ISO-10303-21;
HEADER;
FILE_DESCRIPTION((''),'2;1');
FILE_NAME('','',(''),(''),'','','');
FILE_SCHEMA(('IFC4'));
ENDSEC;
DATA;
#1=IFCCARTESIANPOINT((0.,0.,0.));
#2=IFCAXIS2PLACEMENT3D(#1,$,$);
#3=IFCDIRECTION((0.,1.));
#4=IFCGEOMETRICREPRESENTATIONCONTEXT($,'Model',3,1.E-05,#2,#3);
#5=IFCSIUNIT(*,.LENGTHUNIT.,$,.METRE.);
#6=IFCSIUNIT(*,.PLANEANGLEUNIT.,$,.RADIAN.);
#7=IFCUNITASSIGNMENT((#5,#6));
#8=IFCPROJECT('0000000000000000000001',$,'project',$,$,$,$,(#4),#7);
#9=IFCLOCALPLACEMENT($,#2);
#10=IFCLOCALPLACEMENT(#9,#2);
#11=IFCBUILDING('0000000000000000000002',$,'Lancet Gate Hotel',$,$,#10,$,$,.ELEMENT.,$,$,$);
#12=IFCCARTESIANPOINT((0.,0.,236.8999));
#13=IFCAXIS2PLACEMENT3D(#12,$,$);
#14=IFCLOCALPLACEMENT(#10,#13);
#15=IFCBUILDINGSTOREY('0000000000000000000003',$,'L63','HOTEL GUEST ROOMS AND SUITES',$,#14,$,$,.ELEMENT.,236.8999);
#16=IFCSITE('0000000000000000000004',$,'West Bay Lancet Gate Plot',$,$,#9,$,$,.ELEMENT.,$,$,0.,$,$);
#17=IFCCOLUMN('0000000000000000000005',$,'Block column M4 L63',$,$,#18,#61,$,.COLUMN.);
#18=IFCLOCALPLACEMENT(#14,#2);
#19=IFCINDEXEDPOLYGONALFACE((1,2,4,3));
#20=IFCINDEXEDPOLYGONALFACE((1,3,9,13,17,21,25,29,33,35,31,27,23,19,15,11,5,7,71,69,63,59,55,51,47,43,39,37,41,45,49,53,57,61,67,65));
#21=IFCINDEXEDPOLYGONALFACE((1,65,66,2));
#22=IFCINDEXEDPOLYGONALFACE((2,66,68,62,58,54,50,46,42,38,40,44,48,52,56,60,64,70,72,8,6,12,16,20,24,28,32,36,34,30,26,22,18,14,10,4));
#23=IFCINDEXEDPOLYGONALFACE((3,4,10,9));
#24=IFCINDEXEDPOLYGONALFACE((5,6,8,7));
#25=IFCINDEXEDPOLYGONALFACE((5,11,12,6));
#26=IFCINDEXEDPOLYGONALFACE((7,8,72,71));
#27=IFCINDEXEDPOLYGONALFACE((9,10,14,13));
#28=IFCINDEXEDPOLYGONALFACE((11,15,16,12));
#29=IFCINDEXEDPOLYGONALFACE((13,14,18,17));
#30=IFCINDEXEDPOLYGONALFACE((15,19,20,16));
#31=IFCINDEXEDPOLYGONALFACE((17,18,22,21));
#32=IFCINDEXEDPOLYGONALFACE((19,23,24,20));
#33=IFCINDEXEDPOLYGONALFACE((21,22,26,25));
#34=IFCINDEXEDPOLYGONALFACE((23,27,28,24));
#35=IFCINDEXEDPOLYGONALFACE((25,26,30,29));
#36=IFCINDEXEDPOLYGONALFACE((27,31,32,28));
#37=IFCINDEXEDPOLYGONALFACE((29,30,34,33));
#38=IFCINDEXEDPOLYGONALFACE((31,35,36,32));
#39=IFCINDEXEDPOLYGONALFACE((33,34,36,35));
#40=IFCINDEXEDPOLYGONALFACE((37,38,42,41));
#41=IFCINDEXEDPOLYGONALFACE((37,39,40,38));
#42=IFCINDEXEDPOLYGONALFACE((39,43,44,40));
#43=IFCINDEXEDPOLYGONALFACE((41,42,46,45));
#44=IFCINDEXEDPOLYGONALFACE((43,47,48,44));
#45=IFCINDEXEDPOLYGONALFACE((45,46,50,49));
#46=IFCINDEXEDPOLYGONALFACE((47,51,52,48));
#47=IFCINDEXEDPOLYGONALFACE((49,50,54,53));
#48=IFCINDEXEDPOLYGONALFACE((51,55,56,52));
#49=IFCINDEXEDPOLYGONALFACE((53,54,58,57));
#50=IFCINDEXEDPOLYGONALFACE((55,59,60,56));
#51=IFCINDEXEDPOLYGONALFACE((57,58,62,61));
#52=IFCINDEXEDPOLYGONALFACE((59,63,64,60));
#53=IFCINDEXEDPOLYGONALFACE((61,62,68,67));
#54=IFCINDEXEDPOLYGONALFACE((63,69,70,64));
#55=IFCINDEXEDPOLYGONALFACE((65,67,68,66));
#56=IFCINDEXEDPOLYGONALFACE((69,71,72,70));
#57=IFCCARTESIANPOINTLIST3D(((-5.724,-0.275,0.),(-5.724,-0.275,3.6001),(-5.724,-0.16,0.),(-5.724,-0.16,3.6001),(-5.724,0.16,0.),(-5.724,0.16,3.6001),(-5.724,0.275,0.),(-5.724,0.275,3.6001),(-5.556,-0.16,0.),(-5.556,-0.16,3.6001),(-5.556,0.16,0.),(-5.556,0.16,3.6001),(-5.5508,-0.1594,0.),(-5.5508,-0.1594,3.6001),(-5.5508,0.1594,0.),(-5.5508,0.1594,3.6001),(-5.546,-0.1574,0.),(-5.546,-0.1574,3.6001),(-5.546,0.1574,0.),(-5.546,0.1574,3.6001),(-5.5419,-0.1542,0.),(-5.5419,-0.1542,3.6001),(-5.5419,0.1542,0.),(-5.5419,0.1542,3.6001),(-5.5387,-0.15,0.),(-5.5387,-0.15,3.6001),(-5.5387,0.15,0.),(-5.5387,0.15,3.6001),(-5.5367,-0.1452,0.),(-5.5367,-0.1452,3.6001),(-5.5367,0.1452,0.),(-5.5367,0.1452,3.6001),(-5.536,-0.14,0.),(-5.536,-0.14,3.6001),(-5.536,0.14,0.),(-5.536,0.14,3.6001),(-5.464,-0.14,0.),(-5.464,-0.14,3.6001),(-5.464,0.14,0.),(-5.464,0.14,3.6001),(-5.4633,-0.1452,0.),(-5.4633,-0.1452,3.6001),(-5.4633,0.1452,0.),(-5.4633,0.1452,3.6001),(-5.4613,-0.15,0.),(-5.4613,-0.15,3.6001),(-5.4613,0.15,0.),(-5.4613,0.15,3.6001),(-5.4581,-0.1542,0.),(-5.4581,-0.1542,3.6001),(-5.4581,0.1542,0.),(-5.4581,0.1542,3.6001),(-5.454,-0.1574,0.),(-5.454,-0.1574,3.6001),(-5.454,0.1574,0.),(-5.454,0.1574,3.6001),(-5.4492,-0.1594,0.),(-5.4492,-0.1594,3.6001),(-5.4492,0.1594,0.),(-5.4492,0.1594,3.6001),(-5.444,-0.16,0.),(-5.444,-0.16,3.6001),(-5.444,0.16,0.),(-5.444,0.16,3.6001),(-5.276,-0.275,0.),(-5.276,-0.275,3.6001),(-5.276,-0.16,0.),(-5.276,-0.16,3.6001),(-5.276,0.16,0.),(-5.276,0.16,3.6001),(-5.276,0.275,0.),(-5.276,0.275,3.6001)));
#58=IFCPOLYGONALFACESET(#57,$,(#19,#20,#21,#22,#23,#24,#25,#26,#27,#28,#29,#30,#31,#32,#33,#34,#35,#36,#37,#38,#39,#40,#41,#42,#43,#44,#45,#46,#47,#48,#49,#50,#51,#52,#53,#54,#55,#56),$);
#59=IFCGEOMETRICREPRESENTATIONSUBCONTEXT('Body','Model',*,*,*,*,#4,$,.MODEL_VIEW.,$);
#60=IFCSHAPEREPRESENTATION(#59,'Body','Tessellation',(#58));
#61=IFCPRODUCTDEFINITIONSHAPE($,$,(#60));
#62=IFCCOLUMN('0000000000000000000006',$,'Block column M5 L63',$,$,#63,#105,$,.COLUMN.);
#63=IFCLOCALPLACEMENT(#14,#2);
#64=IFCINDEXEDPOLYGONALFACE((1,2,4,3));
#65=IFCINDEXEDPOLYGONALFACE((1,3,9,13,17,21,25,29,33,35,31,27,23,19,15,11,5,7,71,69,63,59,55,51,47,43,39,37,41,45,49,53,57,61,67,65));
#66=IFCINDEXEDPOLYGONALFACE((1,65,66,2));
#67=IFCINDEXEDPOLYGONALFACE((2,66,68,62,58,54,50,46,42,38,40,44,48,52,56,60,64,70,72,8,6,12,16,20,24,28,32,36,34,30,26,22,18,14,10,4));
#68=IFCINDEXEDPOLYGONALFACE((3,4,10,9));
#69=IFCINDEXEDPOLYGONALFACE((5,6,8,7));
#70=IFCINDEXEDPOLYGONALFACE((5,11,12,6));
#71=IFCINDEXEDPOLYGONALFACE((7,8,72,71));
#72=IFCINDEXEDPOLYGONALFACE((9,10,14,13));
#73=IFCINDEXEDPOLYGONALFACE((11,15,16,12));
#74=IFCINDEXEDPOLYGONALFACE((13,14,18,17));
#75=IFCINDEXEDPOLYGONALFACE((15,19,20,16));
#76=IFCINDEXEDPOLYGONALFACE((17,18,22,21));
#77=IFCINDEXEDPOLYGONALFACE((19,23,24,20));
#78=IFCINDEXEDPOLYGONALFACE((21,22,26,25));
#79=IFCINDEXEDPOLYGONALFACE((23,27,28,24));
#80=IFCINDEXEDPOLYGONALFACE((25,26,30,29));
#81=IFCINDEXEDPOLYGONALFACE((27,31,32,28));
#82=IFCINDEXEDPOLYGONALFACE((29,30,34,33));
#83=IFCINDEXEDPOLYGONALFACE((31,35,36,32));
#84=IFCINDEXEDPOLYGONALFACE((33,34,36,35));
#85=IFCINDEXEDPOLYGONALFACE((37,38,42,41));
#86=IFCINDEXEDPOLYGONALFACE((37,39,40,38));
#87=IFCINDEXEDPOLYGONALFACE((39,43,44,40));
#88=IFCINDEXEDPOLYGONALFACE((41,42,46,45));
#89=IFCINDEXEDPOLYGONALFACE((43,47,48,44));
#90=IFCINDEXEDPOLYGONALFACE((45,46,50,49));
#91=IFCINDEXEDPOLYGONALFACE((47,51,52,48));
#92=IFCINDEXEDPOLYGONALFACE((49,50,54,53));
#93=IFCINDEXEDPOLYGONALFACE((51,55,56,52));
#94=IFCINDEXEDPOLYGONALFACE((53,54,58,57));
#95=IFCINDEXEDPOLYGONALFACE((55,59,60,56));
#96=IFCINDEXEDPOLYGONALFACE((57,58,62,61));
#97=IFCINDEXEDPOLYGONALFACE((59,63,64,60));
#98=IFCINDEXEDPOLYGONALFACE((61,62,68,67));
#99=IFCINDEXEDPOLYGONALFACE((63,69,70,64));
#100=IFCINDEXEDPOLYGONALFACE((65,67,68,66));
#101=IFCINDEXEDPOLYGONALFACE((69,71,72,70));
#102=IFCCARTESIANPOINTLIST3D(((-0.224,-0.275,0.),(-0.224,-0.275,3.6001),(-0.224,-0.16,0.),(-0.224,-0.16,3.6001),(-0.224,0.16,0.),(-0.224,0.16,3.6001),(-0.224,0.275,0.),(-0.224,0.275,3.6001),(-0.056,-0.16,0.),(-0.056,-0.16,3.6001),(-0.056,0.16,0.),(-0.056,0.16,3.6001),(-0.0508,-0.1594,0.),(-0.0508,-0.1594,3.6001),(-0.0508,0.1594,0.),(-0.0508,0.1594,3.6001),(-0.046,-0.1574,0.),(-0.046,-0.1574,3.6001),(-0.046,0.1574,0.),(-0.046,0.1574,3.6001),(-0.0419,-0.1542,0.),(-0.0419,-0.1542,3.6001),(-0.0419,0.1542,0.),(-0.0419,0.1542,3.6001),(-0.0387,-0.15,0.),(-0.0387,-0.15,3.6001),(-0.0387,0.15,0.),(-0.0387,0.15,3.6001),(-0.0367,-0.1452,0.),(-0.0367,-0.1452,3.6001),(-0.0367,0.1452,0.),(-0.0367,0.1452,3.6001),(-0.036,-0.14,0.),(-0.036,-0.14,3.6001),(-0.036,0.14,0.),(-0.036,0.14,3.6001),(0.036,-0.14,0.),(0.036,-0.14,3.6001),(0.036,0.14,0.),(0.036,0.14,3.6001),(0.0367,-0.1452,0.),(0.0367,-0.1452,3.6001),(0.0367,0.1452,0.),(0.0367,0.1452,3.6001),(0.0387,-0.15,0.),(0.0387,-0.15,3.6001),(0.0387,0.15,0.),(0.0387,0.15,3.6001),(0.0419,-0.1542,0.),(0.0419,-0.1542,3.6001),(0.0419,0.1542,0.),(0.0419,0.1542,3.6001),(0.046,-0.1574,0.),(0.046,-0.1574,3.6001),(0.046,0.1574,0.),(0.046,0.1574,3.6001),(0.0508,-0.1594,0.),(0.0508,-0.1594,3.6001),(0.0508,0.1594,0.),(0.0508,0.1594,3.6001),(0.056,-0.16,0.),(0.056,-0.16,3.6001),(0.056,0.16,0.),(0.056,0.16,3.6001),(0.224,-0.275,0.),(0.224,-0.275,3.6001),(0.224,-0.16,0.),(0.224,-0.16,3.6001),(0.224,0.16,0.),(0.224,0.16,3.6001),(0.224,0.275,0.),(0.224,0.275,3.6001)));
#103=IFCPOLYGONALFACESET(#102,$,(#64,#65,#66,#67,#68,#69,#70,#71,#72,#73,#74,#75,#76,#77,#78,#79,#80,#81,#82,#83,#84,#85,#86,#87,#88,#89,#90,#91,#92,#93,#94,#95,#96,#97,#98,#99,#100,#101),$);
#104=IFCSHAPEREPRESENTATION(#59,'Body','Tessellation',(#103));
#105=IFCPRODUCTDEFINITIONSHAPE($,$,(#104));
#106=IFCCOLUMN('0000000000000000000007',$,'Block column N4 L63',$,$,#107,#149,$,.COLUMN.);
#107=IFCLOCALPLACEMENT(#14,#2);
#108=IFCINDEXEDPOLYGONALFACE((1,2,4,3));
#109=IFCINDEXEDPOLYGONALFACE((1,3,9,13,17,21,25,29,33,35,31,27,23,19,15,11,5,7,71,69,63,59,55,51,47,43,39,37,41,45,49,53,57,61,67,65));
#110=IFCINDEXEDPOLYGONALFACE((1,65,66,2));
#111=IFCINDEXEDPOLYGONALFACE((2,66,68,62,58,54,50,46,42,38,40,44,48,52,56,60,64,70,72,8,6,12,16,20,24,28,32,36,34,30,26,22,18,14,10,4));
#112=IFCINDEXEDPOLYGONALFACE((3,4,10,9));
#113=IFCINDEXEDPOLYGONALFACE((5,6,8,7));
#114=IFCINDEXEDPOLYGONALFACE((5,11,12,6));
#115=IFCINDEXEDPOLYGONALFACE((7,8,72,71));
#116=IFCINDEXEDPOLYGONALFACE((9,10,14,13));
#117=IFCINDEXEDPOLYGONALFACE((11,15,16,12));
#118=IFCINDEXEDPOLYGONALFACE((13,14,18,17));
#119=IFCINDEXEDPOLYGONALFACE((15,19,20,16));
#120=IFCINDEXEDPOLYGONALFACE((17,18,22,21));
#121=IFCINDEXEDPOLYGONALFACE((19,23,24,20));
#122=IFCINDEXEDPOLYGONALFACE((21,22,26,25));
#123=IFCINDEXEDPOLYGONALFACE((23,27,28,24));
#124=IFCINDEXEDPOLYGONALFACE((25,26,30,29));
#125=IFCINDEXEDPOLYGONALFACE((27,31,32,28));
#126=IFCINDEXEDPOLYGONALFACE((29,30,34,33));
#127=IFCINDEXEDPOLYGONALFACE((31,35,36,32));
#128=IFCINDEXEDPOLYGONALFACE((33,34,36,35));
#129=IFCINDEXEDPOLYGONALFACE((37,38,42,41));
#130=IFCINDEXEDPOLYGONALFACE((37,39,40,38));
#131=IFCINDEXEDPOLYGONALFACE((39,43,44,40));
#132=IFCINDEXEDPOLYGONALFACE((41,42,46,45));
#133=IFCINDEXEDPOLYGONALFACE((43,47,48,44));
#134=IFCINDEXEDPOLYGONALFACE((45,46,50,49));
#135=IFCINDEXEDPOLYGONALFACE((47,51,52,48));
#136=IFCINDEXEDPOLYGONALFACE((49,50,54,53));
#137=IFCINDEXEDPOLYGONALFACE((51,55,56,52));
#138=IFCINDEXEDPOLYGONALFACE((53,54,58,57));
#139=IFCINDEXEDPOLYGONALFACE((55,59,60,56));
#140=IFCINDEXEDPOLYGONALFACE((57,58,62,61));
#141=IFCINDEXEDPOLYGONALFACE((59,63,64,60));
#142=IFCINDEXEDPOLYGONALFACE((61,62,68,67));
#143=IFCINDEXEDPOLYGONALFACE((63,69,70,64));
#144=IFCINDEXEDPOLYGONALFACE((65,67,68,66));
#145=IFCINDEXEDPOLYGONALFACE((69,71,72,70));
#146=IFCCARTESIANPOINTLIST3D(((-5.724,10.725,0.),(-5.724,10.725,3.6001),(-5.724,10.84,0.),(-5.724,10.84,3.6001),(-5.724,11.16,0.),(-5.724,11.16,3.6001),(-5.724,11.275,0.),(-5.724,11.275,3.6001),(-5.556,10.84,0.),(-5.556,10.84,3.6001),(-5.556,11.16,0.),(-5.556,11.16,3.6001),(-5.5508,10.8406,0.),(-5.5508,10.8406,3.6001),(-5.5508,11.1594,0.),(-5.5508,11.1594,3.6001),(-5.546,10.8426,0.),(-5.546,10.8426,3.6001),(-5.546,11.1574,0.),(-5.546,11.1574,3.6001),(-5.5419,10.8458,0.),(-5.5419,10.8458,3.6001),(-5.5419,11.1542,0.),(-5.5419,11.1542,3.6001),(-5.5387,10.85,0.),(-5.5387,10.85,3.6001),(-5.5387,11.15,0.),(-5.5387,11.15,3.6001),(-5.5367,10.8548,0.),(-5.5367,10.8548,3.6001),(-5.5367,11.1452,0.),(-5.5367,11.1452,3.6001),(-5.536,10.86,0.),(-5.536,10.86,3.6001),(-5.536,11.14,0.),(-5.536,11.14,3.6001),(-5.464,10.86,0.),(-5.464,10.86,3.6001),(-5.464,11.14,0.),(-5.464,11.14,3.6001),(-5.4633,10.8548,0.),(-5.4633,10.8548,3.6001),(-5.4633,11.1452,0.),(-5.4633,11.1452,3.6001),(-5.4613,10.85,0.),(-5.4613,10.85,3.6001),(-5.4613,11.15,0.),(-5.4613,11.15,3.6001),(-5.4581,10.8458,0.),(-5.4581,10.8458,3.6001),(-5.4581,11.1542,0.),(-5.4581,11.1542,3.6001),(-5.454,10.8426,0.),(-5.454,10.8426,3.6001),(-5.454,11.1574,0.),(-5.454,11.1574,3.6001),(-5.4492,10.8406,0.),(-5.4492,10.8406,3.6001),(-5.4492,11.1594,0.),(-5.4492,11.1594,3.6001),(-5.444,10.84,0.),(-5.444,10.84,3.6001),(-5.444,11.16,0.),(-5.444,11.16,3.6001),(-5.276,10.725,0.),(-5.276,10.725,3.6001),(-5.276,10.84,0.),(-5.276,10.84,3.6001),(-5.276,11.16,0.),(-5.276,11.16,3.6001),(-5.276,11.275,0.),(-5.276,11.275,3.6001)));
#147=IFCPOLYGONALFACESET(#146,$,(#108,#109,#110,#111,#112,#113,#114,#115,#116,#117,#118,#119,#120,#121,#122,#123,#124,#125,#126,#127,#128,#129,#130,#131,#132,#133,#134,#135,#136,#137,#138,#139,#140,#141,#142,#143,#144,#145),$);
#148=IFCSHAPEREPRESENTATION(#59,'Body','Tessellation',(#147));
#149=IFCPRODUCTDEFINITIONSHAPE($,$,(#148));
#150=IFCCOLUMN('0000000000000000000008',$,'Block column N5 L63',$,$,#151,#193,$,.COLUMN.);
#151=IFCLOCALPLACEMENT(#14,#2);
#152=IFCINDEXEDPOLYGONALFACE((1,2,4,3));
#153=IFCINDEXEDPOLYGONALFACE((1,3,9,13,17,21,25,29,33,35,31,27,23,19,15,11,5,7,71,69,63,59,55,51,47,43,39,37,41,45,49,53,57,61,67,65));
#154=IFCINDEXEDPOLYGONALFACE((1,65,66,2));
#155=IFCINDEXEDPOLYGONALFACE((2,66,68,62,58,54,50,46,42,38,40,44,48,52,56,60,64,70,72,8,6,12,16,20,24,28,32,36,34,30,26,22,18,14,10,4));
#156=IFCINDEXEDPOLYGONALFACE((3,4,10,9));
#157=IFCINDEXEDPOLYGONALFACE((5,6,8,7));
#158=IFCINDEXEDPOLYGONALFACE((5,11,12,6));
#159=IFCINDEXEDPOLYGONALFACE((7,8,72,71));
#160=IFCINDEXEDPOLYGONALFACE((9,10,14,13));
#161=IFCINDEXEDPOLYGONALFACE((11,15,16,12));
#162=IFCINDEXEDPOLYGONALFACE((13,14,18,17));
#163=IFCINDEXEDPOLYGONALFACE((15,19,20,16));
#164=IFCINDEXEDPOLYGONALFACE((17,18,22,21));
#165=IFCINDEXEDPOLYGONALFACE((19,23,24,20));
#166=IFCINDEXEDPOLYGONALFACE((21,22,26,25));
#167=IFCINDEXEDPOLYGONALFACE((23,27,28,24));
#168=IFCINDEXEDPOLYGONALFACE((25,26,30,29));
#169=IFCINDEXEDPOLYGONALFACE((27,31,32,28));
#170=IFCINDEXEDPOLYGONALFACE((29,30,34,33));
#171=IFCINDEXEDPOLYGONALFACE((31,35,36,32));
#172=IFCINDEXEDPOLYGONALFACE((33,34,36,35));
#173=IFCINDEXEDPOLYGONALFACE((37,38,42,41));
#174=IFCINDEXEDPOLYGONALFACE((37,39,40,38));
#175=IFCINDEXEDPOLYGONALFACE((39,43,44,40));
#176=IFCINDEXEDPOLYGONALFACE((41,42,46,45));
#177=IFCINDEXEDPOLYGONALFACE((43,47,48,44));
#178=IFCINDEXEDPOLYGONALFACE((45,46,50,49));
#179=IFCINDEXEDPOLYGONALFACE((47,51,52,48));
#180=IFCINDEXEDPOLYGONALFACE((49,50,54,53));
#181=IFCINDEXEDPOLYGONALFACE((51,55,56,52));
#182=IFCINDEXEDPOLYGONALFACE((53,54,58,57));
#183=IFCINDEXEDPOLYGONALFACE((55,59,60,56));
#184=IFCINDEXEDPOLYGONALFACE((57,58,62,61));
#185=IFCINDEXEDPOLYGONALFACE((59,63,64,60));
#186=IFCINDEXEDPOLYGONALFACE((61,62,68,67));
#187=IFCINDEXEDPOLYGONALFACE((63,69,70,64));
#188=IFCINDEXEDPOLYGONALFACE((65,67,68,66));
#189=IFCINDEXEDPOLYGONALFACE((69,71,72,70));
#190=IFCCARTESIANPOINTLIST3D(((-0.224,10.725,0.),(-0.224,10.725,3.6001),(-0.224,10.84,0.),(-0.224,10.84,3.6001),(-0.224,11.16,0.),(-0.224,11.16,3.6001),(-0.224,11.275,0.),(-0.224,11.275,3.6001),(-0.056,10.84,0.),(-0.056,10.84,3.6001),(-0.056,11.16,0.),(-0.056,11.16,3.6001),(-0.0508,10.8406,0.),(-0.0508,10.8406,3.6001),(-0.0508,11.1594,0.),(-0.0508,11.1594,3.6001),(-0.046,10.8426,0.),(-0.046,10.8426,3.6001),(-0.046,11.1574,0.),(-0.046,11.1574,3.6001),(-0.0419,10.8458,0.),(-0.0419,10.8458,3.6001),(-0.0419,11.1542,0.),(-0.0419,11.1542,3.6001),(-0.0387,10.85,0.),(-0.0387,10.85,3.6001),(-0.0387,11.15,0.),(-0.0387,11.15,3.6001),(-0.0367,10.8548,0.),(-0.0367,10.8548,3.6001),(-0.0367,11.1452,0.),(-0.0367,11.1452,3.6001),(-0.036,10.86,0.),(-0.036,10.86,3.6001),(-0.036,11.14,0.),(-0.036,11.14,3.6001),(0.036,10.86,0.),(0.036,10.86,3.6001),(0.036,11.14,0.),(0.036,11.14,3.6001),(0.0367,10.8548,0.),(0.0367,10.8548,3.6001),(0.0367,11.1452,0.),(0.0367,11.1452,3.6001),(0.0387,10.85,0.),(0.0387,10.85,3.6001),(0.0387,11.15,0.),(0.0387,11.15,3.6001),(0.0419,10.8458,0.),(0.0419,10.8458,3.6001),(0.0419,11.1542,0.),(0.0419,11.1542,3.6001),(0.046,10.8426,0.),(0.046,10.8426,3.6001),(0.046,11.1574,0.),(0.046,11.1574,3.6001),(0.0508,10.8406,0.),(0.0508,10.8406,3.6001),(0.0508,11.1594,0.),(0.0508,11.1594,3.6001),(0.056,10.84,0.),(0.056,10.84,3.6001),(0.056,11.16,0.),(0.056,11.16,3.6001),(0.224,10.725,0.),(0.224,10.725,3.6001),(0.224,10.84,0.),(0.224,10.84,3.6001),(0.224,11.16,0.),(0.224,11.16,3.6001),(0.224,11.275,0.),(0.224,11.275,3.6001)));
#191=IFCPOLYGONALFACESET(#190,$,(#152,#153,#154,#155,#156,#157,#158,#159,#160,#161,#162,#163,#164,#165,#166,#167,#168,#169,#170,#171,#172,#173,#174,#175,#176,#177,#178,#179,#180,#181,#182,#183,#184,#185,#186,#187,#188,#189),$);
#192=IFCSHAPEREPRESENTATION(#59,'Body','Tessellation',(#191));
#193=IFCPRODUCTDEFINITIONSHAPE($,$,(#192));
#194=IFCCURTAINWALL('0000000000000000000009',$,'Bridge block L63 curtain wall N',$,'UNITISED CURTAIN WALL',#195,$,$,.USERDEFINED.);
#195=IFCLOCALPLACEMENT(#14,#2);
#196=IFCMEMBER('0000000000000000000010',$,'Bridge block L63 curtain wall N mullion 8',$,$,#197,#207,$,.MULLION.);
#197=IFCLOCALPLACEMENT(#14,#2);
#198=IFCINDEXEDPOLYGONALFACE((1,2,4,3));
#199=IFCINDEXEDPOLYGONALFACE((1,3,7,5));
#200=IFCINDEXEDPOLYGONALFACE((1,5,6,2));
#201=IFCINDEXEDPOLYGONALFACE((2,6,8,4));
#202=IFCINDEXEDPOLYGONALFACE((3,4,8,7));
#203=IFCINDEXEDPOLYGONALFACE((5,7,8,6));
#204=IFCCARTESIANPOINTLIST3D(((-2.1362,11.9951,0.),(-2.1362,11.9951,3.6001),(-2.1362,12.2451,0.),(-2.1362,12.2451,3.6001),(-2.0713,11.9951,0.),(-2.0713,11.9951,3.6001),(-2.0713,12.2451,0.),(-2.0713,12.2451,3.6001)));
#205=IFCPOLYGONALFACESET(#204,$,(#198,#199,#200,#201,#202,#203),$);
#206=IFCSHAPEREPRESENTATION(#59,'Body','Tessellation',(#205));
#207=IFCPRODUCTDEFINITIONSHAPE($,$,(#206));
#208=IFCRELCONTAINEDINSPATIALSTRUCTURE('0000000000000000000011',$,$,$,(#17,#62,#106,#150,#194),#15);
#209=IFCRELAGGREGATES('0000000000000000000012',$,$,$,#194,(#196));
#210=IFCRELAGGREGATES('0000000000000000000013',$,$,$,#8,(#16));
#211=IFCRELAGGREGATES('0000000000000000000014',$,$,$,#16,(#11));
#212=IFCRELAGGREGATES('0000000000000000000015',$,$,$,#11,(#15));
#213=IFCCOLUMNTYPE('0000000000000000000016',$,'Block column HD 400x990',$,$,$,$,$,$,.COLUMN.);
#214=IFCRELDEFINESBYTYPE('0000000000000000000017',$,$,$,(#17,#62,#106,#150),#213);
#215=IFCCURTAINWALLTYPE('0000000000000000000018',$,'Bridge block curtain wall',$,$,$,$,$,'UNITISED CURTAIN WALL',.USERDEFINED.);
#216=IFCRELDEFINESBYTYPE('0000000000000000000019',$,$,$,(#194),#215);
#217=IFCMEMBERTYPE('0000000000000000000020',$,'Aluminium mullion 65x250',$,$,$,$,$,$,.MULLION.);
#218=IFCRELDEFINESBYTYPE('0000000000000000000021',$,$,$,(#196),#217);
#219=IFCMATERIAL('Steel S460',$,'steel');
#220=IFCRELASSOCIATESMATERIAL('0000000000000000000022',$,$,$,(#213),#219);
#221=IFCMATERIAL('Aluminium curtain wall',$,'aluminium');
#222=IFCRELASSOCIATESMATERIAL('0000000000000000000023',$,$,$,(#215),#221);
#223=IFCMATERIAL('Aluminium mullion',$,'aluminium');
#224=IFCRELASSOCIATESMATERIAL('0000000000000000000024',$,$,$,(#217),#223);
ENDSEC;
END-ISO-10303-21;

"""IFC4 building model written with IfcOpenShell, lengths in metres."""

from ifc_helpers import new_model, si_unit, direction, frame, origin, origin_2d, place, context, subcontext, project, spatial, rectangle, i_section, extrude, material, material_profile, profile_set, type_object, element, aggregate, save


model = new_model("IFC4")

# Units and contexts
model_context = context("Model", 3, precision=1e-05, world=origin(), true_north=direction((0.0, 1.0)))
body_context = subcontext(model_context, "Body", "Model", "MODEL_VIEW")
ifc_project = project(units=[si_unit("LENGTHUNIT", "METRE"), si_unit("PLANEANGLEUNIT", "RADIAN")], contexts=[model_context])

# Site, building, storey
site_placement = place(None, origin())
site = spatial("IfcSite", under=ifc_project, at=site_placement, Name="West Bay Lancet Gate Plot", CompositionType="ELEMENT", RefElevation=0.0)
building_placement = place(site_placement, origin())
building = spatial("IfcBuilding", under=site, at=building_placement, Name="Lancet Gate Hotel", CompositionType="ELEMENT")
storey_placement = place(building_placement, frame((0.0, 0.0, 236.8999)))
storey = spatial("IfcBuildingStorey", under=building, at=storey_placement, Name="L63", Description="HOTEL GUEST ROOMS AND SUITES", CompositionType="ELEMENT", Elevation=236.8999)

# Columns
ifc_material_1 = material(Name="Steel S460", Category="steel")
ifc_material_profile_1 = material_profile(ifc_material_1, i_section(OverallWidth=0.448, OverallDepth=0.55, WebThickness=0.072, FlangeThickness=0.115, FilletRadius=0.02, at=origin_2d()), Name="HD 400x990")
ifc_profile_set_1 = profile_set([ifc_material_profile_1], Name="Steel S460")
column_type = type_object("IfcColumnType", Name="Block column HD 400x990", PredefinedType="COLUMN", material=ifc_profile_set_1)
for number, where, z_axis, x_axis, name in (
    (1, (-5.5, 0.0, 0.0), (0.0, 0.0, 1.0), (1.0, 0.0, 0.0), "Block column M4 L63"),
    (2, (0.0, 0.0, 0.0), (0.0, 0.0, 1.0), (1.0, 0.0, 0.0), "Block column M5 L63"),
    (3, (-5.5, 11.0, 0.0), (0.0, 0.0, 1.0), (1.0, 0.0, 0.0), "Block column N4 L63"),
    (4, (0.0, 11.0, 0.0), (0.0, 0.0, 1.0), (1.0, 0.0, 0.0), "Block column N5 L63"),
):
    element("IfcColumn", number, at=place(storey_placement, frame(where, z_axis=z_axis, x_axis=x_axis)), inside=storey, type_object=column_type, Name=name, PredefinedType="COLUMN", context=body_context, shape_type="SweptSolid", body=[
        extrude(i_section(OverallWidth=0.448, OverallDepth=0.55, WebThickness=0.072, FlangeThickness=0.115, FilletRadius=0.02, at=origin_2d()), origin(), (0.0, 0.0, 1.0), 3.6001),
    ])

# Curtain wall, member
ifc_material_2 = material(Name="Aluminium curtain wall", Category="aluminium")
curtain_wall_type = type_object("IfcCurtainWallType", Name="Bridge block curtain wall", ElementType="UNITISED CURTAIN WALL", PredefinedType="USERDEFINED", material=ifc_material_2)
curtain_wall_placement = place(storey_placement, origin())
curtain_wall = element("IfcCurtainWall", 5, at=curtain_wall_placement, inside=storey, type_object=curtain_wall_type, Name="Bridge block L63 curtain wall N", ObjectType="UNITISED CURTAIN WALL", PredefinedType="USERDEFINED")
ifc_material_3 = material(Name="Aluminium mullion", Category="aluminium")
ifc_material_profile_2 = material_profile(ifc_material_3, rectangle(XDim=0.0649, YDim=0.25, at=origin_2d()), Name="MULLION 65x250")
ifc_profile_set_2 = profile_set([ifc_material_profile_2], Name="Aluminium mullion")
member_type_1 = type_object("IfcMemberType", Name="Aluminium mullion 65x250", PredefinedType="MULLION", material=ifc_profile_set_2)
member_1_placement = place(storey_placement, frame((-2.1038, 12.1201, 0.0), z_axis=(0.0, 0.0, 1.0), x_axis=(-1.0, 0.0, 0.0)))
member_1 = element("IfcMember", 6, at=member_1_placement, type_object=member_type_1, Name="Bridge block L63 curtain wall N mullion 8", PredefinedType="MULLION", context=body_context, shape_type="SweptSolid", body=[
    extrude(rectangle(XDim=0.0649, YDim=0.25, at=origin_2d()), origin(), (0.0, 0.0, 1.0), 3.6001),
])

aggregate(curtain_wall, [member_1])

save(model, "model.ifc")
